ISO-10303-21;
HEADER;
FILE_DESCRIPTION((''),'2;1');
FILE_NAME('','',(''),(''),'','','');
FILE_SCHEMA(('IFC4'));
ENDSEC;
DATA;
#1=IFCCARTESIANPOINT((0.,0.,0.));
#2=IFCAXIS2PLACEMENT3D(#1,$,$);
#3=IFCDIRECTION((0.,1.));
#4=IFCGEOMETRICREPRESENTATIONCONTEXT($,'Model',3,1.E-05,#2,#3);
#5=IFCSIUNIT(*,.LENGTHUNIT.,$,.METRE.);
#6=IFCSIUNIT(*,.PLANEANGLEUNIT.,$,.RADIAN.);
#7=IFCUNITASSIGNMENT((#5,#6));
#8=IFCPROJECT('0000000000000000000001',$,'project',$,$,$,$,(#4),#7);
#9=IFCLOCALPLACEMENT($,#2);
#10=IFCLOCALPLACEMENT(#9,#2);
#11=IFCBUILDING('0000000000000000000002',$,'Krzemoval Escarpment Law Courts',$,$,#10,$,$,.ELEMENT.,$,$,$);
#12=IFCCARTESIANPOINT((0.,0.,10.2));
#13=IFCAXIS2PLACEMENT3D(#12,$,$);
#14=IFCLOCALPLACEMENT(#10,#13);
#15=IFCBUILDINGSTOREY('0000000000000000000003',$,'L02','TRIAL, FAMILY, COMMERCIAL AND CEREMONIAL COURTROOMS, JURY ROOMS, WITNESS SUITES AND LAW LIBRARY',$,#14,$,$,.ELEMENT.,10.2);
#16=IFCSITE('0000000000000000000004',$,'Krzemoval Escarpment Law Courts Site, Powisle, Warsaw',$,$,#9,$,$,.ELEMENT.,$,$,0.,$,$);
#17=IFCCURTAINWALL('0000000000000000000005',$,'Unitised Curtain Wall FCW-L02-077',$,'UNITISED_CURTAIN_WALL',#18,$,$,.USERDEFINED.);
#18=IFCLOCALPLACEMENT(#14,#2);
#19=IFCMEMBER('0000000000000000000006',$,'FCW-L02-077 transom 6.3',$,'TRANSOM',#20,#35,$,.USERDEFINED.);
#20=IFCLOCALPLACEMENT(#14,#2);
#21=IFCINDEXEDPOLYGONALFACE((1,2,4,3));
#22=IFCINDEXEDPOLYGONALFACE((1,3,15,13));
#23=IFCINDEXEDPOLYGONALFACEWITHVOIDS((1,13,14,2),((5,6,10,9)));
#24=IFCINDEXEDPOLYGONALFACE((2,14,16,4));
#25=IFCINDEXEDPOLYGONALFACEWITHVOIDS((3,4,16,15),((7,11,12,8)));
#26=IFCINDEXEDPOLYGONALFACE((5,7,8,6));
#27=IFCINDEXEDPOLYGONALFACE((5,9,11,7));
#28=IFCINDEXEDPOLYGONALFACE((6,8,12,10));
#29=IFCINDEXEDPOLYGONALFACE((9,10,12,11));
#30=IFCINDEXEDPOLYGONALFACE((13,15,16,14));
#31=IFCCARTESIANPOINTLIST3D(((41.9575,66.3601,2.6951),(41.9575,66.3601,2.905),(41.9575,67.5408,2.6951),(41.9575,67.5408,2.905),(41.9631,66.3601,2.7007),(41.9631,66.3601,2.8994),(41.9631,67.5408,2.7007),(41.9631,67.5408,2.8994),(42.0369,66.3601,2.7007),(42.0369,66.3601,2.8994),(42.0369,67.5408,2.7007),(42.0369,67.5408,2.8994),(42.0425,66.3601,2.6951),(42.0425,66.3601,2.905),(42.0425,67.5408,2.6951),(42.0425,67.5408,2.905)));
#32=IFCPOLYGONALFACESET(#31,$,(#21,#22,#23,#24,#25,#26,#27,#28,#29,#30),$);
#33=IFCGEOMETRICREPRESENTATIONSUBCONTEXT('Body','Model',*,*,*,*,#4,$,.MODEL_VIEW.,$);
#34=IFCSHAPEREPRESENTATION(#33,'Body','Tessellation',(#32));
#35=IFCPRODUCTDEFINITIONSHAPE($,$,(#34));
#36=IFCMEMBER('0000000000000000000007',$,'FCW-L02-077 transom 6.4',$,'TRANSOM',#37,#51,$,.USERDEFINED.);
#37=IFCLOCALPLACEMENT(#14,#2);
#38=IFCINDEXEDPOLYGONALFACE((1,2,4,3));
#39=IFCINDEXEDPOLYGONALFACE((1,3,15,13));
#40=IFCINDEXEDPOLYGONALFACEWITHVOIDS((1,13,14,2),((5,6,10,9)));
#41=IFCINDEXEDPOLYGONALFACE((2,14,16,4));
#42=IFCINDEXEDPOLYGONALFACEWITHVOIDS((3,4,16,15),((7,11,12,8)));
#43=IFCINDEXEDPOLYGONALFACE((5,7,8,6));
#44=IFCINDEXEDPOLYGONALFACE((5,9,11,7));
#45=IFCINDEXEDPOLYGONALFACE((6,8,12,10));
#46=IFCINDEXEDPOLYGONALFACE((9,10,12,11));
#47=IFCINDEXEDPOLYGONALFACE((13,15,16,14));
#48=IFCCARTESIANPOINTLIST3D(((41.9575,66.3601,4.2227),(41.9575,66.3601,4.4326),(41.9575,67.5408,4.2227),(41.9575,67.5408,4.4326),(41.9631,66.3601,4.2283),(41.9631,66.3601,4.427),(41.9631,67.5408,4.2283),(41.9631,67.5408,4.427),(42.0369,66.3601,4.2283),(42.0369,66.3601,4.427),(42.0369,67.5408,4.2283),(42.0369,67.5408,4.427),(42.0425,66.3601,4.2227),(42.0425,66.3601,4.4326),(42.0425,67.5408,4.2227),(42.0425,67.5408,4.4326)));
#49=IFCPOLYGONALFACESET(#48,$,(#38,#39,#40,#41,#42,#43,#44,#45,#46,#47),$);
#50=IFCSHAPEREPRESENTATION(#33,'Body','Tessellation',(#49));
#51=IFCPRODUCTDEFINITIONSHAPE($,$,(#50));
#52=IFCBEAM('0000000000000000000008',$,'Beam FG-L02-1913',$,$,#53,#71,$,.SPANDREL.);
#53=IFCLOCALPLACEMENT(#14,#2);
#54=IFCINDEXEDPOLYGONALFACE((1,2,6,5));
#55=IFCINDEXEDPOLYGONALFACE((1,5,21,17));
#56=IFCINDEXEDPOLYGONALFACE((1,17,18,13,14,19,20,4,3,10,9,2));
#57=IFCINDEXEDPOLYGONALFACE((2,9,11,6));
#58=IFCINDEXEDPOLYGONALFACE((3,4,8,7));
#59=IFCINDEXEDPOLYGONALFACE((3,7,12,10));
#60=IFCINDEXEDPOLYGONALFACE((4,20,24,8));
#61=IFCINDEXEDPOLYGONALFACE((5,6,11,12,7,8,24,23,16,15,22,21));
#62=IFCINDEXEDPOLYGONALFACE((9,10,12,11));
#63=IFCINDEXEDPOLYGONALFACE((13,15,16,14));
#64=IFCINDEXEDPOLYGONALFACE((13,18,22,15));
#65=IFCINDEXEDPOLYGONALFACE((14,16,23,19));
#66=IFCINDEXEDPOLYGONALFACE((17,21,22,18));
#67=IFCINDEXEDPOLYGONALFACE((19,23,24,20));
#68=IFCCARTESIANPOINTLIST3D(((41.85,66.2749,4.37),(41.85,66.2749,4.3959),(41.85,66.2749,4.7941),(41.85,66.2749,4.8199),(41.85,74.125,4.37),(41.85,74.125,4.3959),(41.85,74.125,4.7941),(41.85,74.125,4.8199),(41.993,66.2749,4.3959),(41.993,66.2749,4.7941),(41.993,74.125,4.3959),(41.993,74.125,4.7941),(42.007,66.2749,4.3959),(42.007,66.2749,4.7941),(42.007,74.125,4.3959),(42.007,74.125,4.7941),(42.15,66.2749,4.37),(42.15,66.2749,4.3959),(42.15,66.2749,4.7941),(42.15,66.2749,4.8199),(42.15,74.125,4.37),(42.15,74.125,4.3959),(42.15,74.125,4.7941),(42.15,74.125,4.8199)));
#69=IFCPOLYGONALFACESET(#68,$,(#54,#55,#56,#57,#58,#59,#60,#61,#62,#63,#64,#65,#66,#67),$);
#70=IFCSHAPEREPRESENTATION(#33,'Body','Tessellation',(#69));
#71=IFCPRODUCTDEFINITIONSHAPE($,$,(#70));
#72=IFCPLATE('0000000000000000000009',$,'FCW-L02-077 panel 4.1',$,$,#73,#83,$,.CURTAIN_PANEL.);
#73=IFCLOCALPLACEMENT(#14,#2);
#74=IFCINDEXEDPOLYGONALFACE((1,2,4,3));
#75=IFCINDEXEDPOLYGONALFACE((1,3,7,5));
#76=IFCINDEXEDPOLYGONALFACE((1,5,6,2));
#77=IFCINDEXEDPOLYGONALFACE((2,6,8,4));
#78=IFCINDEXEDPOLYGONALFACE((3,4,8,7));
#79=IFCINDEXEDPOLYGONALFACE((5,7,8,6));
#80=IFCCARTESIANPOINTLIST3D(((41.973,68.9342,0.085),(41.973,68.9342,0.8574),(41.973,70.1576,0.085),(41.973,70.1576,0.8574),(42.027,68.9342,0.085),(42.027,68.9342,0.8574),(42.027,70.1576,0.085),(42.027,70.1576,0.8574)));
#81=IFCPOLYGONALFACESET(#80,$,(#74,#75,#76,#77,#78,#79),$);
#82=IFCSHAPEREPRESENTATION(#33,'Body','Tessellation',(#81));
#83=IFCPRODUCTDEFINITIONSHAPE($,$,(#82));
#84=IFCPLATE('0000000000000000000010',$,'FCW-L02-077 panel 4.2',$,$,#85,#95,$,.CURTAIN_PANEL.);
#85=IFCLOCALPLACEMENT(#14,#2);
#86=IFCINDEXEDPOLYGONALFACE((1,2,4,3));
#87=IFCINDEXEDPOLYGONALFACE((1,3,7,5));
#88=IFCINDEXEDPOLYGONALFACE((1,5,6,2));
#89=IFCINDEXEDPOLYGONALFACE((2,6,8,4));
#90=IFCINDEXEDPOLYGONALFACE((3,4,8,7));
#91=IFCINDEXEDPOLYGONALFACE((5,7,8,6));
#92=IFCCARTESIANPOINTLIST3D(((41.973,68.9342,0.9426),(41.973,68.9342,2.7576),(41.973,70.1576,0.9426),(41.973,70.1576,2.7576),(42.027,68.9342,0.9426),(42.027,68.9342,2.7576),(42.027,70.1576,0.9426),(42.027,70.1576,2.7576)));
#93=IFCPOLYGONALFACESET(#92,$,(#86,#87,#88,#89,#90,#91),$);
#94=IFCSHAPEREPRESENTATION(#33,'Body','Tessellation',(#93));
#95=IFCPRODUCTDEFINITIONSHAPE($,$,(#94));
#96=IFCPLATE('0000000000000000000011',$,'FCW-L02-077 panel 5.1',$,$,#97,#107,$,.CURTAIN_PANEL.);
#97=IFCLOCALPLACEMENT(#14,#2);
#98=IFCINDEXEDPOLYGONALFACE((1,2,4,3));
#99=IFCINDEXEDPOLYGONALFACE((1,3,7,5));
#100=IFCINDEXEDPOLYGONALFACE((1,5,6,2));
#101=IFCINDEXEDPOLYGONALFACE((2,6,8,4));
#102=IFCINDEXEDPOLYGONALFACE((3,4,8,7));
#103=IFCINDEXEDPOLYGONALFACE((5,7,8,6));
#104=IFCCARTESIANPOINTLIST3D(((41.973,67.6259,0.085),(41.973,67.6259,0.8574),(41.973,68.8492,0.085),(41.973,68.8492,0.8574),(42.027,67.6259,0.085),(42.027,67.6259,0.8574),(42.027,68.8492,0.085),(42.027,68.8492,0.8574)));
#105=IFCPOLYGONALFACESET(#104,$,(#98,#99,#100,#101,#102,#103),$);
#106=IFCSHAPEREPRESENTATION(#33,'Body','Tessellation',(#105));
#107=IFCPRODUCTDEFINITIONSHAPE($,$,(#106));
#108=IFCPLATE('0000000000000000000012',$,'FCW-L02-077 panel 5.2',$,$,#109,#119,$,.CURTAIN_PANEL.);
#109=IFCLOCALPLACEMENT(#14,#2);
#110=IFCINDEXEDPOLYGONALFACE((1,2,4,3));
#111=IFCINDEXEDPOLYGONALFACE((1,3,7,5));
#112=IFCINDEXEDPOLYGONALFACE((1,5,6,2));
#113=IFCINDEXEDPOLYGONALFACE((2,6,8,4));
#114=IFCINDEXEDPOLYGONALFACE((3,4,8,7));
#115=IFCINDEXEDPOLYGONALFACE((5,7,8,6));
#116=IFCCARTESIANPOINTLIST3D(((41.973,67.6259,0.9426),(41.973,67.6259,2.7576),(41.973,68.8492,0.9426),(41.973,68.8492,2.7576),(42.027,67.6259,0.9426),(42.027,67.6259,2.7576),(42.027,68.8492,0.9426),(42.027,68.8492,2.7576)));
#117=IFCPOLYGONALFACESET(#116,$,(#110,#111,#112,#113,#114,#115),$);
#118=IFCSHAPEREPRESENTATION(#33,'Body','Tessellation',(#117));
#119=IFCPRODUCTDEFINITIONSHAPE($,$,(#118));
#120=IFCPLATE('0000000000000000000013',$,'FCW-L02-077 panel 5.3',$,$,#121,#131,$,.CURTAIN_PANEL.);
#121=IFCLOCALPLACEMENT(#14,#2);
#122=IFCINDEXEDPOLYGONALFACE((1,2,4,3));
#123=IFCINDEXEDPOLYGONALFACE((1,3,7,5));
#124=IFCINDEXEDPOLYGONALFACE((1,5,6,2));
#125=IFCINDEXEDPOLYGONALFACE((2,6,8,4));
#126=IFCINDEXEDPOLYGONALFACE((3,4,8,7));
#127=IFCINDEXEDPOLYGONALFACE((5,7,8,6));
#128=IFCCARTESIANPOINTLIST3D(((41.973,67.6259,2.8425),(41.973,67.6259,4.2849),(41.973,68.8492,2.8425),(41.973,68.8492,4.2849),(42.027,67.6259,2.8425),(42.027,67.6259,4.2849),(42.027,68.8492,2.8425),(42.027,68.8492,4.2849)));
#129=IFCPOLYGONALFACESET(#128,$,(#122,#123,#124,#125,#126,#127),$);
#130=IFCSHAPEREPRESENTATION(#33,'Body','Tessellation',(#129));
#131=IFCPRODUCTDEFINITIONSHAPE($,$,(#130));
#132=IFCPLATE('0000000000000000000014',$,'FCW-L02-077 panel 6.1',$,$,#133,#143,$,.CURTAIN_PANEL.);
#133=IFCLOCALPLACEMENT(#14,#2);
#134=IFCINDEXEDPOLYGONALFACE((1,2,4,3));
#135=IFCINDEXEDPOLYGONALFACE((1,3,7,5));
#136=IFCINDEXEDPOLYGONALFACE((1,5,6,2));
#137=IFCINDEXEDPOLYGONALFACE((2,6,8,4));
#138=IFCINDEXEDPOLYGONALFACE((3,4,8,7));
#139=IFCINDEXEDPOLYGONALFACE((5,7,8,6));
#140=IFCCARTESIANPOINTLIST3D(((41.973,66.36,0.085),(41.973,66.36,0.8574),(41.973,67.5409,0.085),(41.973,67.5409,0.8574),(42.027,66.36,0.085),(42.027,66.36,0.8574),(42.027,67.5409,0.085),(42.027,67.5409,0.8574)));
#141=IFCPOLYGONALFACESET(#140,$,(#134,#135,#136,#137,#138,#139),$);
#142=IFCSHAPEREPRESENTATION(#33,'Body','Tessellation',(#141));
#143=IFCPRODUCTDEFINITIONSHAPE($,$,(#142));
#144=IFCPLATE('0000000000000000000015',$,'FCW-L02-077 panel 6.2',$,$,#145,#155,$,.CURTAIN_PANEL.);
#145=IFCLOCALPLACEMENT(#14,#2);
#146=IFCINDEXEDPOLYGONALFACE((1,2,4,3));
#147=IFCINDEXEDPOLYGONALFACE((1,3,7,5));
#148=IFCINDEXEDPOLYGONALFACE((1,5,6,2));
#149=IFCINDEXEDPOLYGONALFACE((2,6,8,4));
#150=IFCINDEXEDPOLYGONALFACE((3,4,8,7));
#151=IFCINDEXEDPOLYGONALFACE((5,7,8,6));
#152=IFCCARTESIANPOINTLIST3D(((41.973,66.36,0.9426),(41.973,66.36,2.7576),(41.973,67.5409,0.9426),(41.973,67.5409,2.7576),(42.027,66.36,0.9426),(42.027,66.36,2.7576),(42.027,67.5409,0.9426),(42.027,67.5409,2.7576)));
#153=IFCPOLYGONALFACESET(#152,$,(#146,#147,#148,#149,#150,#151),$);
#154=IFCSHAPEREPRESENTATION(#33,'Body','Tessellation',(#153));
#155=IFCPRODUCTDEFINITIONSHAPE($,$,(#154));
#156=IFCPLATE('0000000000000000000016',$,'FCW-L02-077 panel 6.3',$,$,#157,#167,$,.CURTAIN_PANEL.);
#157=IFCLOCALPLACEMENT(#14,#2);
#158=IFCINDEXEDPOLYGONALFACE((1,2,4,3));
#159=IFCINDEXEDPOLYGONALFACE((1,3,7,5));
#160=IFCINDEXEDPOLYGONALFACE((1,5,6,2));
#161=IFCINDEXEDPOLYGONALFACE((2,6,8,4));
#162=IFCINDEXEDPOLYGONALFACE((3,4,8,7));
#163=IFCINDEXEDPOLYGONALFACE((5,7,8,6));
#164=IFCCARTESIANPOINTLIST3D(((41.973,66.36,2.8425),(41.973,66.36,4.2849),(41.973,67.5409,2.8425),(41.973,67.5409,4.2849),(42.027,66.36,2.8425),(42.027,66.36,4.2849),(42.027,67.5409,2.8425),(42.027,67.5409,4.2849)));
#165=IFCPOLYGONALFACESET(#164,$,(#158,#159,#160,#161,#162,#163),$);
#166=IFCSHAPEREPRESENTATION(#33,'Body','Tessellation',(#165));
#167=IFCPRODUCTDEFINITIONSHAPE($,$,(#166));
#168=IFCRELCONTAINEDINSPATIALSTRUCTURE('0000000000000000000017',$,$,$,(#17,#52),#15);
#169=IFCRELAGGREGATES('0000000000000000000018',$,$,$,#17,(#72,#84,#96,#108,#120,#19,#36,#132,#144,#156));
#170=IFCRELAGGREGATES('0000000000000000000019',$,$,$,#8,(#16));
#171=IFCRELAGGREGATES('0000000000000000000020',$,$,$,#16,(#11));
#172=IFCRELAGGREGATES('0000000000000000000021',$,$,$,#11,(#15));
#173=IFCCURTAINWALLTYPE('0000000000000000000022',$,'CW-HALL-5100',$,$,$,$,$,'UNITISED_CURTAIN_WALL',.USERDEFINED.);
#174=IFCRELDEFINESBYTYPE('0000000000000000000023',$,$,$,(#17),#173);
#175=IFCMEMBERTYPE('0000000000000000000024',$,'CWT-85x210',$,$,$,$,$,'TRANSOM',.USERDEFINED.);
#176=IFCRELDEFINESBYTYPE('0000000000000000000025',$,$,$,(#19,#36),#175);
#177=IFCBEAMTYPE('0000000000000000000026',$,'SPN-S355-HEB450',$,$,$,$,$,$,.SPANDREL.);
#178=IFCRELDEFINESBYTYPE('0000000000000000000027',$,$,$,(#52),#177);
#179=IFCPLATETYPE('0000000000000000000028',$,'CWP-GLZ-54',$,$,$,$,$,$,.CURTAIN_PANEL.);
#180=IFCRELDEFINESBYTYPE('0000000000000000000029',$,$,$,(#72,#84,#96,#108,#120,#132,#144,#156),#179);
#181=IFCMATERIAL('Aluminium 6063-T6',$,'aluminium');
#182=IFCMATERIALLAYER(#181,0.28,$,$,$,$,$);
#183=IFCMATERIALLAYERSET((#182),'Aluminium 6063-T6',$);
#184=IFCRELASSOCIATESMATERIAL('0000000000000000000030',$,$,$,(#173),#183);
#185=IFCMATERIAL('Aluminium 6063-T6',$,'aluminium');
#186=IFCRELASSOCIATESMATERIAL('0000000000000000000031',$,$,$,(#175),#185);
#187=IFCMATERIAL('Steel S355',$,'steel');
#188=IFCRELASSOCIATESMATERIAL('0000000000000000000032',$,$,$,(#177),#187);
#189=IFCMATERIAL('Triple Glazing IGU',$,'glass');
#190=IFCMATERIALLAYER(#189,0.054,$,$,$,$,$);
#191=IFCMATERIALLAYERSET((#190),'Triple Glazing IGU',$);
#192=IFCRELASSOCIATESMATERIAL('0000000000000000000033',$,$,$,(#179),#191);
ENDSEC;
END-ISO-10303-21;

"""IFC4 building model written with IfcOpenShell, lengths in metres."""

from ifc_helpers import new_model, si_unit, direction, frame, origin, origin_2d, place, context, subcontext, project, spatial, rectangle, hollow_rectangle, i_section, extrude, material, layer, layer_set, material_profile, profile_set, type_object, element, aggregate, save


model = new_model("IFC4")

# Units and contexts
model_context = context("Model", 3, precision=1e-05, world=origin(), true_north=direction((0.0, 1.0)))
body_context = subcontext(model_context, "Body", "Model", "MODEL_VIEW")
ifc_project = project(units=[si_unit("LENGTHUNIT", "METRE"), si_unit("PLANEANGLEUNIT", "RADIAN")], contexts=[model_context])

# Site, building, storey
site_placement = place(None, origin())
site = spatial("IfcSite", under=ifc_project, at=site_placement, Name="Krzemoval Escarpment Law Courts Site, Powisle, Warsaw", CompositionType="ELEMENT", RefElevation=0.0)
building_placement = place(site_placement, origin())
building = spatial("IfcBuilding", under=site, at=building_placement, Name="Krzemoval Escarpment Law Courts", CompositionType="ELEMENT")
storey_placement = place(building_placement, frame((0.0, 0.0, 10.2)))
storey = spatial("IfcBuildingStorey", under=building, at=storey_placement, Name="L02", Description="TRIAL, FAMILY, COMMERCIAL AND CEREMONIAL COURTROOMS, JURY ROOMS, WITNESS SUITES AND LAW LIBRARY", CompositionType="ELEMENT", Elevation=10.2)

# Curtain wall
ifc_material_1 = material(Name="Aluminium 6063-T6", Category="aluminium")
ifc_layer_1 = layer(ifc_material_1, 0.28)
ifc_layer_set_1 = layer_set([ifc_layer_1], Name="Aluminium 6063-T6")
curtain_wall_type = type_object("IfcCurtainWallType", Name="CW-HALL-5100", ElementType="UNITISED_CURTAIN_WALL", PredefinedType="USERDEFINED", material=ifc_layer_set_1)
curtain_wall_1_placement = place(storey_placement, origin())
curtain_wall_1 = element("IfcCurtainWall", 1, at=curtain_wall_1_placement, inside=storey, type_object=curtain_wall_type, Name="Unitised Curtain Wall FCW-L02-077", ObjectType="UNITISED_CURTAIN_WALL", PredefinedType="USERDEFINED")

# Members
ifc_material_2 = material(Name="Aluminium 6063-T6", Category="aluminium")
ifc_material_profile_1 = material_profile(ifc_material_2, hollow_rectangle(XDim=0.085, YDim=0.21, WallThickness=0.0056, at=origin_2d()), Name="ALU T85x210")
ifc_profile_set_1 = profile_set([ifc_material_profile_1], Name="Aluminium 6063-T6")
member_type_1 = type_object("IfcMemberType", Name="CWT-85x210", ElementType="TRANSOM", PredefinedType="USERDEFINED", material=ifc_profile_set_1)
member_1_placement = place(storey_placement, frame((42.0, 67.5408, 2.8), z_axis=(0.0, -1.0, 0.0), x_axis=(1.0, 0.0, 0.0)))
member_1 = element("IfcMember", 2, at=member_1_placement, type_object=member_type_1, Name="FCW-L02-077 transom 6.3", ObjectType="TRANSOM", PredefinedType="USERDEFINED", context=body_context, shape_type="SweptSolid", body=[
    extrude(hollow_rectangle(XDim=0.085, YDim=0.21, WallThickness=0.0056, at=origin_2d()), origin(), (0.0, 0.0, 1.0), 1.1807),
])
member_2_placement = place(storey_placement, frame((42.0, 67.5408, 4.3276), z_axis=(0.0, -1.0, 0.0), x_axis=(1.0, 0.0, 0.0)))
member_2 = element("IfcMember", 3, at=member_2_placement, type_object=member_type_1, Name="FCW-L02-077 transom 6.4", ObjectType="TRANSOM", PredefinedType="USERDEFINED", context=body_context, shape_type="SweptSolid", body=[
    extrude(hollow_rectangle(XDim=0.085, YDim=0.21, WallThickness=0.0056, at=origin_2d()), origin(), (0.0, 0.0, 1.0), 1.1807),
])

# Beam
ifc_material_3 = material(Name="Steel S355", Category="steel")
ifc_material_profile_2 = material_profile(ifc_material_3, i_section(OverallWidth=0.3, OverallDepth=0.45, WebThickness=0.0139, FlangeThickness=0.0259, at=origin_2d()), Name="HEB 450")
ifc_profile_set_2 = profile_set([ifc_material_profile_2], Name="Steel S355")
beam_type = type_object("IfcBeamType", Name="SPN-S355-HEB450", PredefinedType="SPANDREL", material=ifc_profile_set_2)
beam_placement = place(storey_placement, frame((42.0, 66.2749, 4.595), z_axis=(0.0, 1.0, 0.0), x_axis=(-1.0, 0.0, 0.0)))
element("IfcBeam", 4, at=beam_placement, inside=storey, type_object=beam_type, Name="Beam FG-L02-1913", PredefinedType="SPANDREL", context=body_context, shape_type="SweptSolid", body=[
    extrude(i_section(OverallWidth=0.3, OverallDepth=0.45, WebThickness=0.0139, FlangeThickness=0.0259, at=origin_2d()), origin(), (0.0, 0.0, 1.0), 7.8501),
])

# Plates
ifc_material_4 = material(Name="Triple Glazing IGU", Category="glass")
ifc_layer_2 = layer(ifc_material_4, 0.054)
ifc_layer_set_2 = layer_set([ifc_layer_2], Name="Triple Glazing IGU")
plate_type = type_object("IfcPlateType", Name="CWP-GLZ-54", PredefinedType="CURTAIN_PANEL", material=ifc_layer_set_2)
plate_1_placement = place(storey_placement, frame((42.0, 69.5459, 0.085), z_axis=(0.0, 0.0, 1.0), x_axis=(0.0, -1.0, 0.0)))
plate_1 = element("IfcPlate", 5, at=plate_1_placement, type_object=plate_type, Name="FCW-L02-077 panel 4.1", PredefinedType="CURTAIN_PANEL", context=body_context, shape_type="SweptSolid", body=[
    extrude(rectangle(XDim=1.2234, YDim=0.054, at=origin_2d()), origin(), (0.0, 0.0, 1.0), 0.7725),
])
plate_2_placement = place(storey_placement, frame((42.0, 69.5459, 0.9426), z_axis=(0.0, 0.0, 1.0), x_axis=(0.0, -1.0, 0.0)))
plate_2 = element("IfcPlate", 6, at=plate_2_placement, type_object=plate_type, Name="FCW-L02-077 panel 4.2", PredefinedType="CURTAIN_PANEL", context=body_context, shape_type="SweptSolid", body=[
    extrude(rectangle(XDim=1.2234, YDim=0.054, at=origin_2d()), origin(), (0.0, 0.0, 1.0), 1.8149),
])
plate_3_placement = place(storey_placement, frame((42.0, 68.2375, 0.085), z_axis=(0.0, 0.0, 1.0), x_axis=(0.0, -1.0, 0.0)))
plate_3 = element("IfcPlate", 7, at=plate_3_placement, type_object=plate_type, Name="FCW-L02-077 panel 5.1", PredefinedType="CURTAIN_PANEL", context=body_context, shape_type="SweptSolid", body=[
    extrude(rectangle(XDim=1.2234, YDim=0.054, at=origin_2d()), origin(), (0.0, 0.0, 1.0), 0.7725),
])
plate_4_placement = place(storey_placement, frame((42.0, 68.2375, 0.9426), z_axis=(0.0, 0.0, 1.0), x_axis=(0.0, -1.0, 0.0)))
plate_4 = element("IfcPlate", 8, at=plate_4_placement, type_object=plate_type, Name="FCW-L02-077 panel 5.2", PredefinedType="CURTAIN_PANEL", context=body_context, shape_type="SweptSolid", body=[
    extrude(rectangle(XDim=1.2234, YDim=0.054, at=origin_2d()), origin(), (0.0, 0.0, 1.0), 1.8149),
])
plate_5_placement = place(storey_placement, frame((42.0, 68.2375, 2.8425), z_axis=(0.0, 0.0, 1.0), x_axis=(0.0, -1.0, 0.0)))
plate_5 = element("IfcPlate", 9, at=plate_5_placement, type_object=plate_type, Name="FCW-L02-077 panel 5.3", PredefinedType="CURTAIN_PANEL", context=body_context, shape_type="SweptSolid", body=[
    extrude(rectangle(XDim=1.2234, YDim=0.054, at=origin_2d()), origin(), (0.0, 0.0, 1.0), 1.4424),
])
plate_6_placement = place(storey_placement, frame((42.0, 66.9504, 0.085), z_axis=(0.0, 0.0, 1.0), x_axis=(0.0, -1.0, 0.0)))
plate_6 = element("IfcPlate", 10, at=plate_6_placement, type_object=plate_type, Name="FCW-L02-077 panel 6.1", PredefinedType="CURTAIN_PANEL", context=body_context, shape_type="SweptSolid", body=[
    extrude(rectangle(XDim=1.1809, YDim=0.054, at=origin_2d()), origin(), (0.0, 0.0, 1.0), 0.7725),
])
plate_7_placement = place(storey_placement, frame((42.0, 66.9504, 0.9426), z_axis=(0.0, 0.0, 1.0), x_axis=(0.0, -1.0, 0.0)))
plate_7 = element("IfcPlate", 11, at=plate_7_placement, type_object=plate_type, Name="FCW-L02-077 panel 6.2", PredefinedType="CURTAIN_PANEL", context=body_context, shape_type="SweptSolid", body=[
    extrude(rectangle(XDim=1.1809, YDim=0.054, at=origin_2d()), origin(), (0.0, 0.0, 1.0), 1.8149),
])
plate_8_placement = place(storey_placement, frame((42.0, 66.9504, 2.8425), z_axis=(0.0, 0.0, 1.0), x_axis=(0.0, -1.0, 0.0)))
plate_8 = element("IfcPlate", 12, at=plate_8_placement, type_object=plate_type, Name="FCW-L02-077 panel 6.3", PredefinedType="CURTAIN_PANEL", context=body_context, shape_type="SweptSolid", body=[
    extrude(rectangle(XDim=1.1809, YDim=0.054, at=origin_2d()), origin(), (0.0, 0.0, 1.0), 1.4424),
])
aggregate(curtain_wall_1, [plate_1, plate_2, plate_3, plate_4, plate_5, member_1, member_2, plate_6, plate_7, plate_8])

save(model, "model.ifc")
